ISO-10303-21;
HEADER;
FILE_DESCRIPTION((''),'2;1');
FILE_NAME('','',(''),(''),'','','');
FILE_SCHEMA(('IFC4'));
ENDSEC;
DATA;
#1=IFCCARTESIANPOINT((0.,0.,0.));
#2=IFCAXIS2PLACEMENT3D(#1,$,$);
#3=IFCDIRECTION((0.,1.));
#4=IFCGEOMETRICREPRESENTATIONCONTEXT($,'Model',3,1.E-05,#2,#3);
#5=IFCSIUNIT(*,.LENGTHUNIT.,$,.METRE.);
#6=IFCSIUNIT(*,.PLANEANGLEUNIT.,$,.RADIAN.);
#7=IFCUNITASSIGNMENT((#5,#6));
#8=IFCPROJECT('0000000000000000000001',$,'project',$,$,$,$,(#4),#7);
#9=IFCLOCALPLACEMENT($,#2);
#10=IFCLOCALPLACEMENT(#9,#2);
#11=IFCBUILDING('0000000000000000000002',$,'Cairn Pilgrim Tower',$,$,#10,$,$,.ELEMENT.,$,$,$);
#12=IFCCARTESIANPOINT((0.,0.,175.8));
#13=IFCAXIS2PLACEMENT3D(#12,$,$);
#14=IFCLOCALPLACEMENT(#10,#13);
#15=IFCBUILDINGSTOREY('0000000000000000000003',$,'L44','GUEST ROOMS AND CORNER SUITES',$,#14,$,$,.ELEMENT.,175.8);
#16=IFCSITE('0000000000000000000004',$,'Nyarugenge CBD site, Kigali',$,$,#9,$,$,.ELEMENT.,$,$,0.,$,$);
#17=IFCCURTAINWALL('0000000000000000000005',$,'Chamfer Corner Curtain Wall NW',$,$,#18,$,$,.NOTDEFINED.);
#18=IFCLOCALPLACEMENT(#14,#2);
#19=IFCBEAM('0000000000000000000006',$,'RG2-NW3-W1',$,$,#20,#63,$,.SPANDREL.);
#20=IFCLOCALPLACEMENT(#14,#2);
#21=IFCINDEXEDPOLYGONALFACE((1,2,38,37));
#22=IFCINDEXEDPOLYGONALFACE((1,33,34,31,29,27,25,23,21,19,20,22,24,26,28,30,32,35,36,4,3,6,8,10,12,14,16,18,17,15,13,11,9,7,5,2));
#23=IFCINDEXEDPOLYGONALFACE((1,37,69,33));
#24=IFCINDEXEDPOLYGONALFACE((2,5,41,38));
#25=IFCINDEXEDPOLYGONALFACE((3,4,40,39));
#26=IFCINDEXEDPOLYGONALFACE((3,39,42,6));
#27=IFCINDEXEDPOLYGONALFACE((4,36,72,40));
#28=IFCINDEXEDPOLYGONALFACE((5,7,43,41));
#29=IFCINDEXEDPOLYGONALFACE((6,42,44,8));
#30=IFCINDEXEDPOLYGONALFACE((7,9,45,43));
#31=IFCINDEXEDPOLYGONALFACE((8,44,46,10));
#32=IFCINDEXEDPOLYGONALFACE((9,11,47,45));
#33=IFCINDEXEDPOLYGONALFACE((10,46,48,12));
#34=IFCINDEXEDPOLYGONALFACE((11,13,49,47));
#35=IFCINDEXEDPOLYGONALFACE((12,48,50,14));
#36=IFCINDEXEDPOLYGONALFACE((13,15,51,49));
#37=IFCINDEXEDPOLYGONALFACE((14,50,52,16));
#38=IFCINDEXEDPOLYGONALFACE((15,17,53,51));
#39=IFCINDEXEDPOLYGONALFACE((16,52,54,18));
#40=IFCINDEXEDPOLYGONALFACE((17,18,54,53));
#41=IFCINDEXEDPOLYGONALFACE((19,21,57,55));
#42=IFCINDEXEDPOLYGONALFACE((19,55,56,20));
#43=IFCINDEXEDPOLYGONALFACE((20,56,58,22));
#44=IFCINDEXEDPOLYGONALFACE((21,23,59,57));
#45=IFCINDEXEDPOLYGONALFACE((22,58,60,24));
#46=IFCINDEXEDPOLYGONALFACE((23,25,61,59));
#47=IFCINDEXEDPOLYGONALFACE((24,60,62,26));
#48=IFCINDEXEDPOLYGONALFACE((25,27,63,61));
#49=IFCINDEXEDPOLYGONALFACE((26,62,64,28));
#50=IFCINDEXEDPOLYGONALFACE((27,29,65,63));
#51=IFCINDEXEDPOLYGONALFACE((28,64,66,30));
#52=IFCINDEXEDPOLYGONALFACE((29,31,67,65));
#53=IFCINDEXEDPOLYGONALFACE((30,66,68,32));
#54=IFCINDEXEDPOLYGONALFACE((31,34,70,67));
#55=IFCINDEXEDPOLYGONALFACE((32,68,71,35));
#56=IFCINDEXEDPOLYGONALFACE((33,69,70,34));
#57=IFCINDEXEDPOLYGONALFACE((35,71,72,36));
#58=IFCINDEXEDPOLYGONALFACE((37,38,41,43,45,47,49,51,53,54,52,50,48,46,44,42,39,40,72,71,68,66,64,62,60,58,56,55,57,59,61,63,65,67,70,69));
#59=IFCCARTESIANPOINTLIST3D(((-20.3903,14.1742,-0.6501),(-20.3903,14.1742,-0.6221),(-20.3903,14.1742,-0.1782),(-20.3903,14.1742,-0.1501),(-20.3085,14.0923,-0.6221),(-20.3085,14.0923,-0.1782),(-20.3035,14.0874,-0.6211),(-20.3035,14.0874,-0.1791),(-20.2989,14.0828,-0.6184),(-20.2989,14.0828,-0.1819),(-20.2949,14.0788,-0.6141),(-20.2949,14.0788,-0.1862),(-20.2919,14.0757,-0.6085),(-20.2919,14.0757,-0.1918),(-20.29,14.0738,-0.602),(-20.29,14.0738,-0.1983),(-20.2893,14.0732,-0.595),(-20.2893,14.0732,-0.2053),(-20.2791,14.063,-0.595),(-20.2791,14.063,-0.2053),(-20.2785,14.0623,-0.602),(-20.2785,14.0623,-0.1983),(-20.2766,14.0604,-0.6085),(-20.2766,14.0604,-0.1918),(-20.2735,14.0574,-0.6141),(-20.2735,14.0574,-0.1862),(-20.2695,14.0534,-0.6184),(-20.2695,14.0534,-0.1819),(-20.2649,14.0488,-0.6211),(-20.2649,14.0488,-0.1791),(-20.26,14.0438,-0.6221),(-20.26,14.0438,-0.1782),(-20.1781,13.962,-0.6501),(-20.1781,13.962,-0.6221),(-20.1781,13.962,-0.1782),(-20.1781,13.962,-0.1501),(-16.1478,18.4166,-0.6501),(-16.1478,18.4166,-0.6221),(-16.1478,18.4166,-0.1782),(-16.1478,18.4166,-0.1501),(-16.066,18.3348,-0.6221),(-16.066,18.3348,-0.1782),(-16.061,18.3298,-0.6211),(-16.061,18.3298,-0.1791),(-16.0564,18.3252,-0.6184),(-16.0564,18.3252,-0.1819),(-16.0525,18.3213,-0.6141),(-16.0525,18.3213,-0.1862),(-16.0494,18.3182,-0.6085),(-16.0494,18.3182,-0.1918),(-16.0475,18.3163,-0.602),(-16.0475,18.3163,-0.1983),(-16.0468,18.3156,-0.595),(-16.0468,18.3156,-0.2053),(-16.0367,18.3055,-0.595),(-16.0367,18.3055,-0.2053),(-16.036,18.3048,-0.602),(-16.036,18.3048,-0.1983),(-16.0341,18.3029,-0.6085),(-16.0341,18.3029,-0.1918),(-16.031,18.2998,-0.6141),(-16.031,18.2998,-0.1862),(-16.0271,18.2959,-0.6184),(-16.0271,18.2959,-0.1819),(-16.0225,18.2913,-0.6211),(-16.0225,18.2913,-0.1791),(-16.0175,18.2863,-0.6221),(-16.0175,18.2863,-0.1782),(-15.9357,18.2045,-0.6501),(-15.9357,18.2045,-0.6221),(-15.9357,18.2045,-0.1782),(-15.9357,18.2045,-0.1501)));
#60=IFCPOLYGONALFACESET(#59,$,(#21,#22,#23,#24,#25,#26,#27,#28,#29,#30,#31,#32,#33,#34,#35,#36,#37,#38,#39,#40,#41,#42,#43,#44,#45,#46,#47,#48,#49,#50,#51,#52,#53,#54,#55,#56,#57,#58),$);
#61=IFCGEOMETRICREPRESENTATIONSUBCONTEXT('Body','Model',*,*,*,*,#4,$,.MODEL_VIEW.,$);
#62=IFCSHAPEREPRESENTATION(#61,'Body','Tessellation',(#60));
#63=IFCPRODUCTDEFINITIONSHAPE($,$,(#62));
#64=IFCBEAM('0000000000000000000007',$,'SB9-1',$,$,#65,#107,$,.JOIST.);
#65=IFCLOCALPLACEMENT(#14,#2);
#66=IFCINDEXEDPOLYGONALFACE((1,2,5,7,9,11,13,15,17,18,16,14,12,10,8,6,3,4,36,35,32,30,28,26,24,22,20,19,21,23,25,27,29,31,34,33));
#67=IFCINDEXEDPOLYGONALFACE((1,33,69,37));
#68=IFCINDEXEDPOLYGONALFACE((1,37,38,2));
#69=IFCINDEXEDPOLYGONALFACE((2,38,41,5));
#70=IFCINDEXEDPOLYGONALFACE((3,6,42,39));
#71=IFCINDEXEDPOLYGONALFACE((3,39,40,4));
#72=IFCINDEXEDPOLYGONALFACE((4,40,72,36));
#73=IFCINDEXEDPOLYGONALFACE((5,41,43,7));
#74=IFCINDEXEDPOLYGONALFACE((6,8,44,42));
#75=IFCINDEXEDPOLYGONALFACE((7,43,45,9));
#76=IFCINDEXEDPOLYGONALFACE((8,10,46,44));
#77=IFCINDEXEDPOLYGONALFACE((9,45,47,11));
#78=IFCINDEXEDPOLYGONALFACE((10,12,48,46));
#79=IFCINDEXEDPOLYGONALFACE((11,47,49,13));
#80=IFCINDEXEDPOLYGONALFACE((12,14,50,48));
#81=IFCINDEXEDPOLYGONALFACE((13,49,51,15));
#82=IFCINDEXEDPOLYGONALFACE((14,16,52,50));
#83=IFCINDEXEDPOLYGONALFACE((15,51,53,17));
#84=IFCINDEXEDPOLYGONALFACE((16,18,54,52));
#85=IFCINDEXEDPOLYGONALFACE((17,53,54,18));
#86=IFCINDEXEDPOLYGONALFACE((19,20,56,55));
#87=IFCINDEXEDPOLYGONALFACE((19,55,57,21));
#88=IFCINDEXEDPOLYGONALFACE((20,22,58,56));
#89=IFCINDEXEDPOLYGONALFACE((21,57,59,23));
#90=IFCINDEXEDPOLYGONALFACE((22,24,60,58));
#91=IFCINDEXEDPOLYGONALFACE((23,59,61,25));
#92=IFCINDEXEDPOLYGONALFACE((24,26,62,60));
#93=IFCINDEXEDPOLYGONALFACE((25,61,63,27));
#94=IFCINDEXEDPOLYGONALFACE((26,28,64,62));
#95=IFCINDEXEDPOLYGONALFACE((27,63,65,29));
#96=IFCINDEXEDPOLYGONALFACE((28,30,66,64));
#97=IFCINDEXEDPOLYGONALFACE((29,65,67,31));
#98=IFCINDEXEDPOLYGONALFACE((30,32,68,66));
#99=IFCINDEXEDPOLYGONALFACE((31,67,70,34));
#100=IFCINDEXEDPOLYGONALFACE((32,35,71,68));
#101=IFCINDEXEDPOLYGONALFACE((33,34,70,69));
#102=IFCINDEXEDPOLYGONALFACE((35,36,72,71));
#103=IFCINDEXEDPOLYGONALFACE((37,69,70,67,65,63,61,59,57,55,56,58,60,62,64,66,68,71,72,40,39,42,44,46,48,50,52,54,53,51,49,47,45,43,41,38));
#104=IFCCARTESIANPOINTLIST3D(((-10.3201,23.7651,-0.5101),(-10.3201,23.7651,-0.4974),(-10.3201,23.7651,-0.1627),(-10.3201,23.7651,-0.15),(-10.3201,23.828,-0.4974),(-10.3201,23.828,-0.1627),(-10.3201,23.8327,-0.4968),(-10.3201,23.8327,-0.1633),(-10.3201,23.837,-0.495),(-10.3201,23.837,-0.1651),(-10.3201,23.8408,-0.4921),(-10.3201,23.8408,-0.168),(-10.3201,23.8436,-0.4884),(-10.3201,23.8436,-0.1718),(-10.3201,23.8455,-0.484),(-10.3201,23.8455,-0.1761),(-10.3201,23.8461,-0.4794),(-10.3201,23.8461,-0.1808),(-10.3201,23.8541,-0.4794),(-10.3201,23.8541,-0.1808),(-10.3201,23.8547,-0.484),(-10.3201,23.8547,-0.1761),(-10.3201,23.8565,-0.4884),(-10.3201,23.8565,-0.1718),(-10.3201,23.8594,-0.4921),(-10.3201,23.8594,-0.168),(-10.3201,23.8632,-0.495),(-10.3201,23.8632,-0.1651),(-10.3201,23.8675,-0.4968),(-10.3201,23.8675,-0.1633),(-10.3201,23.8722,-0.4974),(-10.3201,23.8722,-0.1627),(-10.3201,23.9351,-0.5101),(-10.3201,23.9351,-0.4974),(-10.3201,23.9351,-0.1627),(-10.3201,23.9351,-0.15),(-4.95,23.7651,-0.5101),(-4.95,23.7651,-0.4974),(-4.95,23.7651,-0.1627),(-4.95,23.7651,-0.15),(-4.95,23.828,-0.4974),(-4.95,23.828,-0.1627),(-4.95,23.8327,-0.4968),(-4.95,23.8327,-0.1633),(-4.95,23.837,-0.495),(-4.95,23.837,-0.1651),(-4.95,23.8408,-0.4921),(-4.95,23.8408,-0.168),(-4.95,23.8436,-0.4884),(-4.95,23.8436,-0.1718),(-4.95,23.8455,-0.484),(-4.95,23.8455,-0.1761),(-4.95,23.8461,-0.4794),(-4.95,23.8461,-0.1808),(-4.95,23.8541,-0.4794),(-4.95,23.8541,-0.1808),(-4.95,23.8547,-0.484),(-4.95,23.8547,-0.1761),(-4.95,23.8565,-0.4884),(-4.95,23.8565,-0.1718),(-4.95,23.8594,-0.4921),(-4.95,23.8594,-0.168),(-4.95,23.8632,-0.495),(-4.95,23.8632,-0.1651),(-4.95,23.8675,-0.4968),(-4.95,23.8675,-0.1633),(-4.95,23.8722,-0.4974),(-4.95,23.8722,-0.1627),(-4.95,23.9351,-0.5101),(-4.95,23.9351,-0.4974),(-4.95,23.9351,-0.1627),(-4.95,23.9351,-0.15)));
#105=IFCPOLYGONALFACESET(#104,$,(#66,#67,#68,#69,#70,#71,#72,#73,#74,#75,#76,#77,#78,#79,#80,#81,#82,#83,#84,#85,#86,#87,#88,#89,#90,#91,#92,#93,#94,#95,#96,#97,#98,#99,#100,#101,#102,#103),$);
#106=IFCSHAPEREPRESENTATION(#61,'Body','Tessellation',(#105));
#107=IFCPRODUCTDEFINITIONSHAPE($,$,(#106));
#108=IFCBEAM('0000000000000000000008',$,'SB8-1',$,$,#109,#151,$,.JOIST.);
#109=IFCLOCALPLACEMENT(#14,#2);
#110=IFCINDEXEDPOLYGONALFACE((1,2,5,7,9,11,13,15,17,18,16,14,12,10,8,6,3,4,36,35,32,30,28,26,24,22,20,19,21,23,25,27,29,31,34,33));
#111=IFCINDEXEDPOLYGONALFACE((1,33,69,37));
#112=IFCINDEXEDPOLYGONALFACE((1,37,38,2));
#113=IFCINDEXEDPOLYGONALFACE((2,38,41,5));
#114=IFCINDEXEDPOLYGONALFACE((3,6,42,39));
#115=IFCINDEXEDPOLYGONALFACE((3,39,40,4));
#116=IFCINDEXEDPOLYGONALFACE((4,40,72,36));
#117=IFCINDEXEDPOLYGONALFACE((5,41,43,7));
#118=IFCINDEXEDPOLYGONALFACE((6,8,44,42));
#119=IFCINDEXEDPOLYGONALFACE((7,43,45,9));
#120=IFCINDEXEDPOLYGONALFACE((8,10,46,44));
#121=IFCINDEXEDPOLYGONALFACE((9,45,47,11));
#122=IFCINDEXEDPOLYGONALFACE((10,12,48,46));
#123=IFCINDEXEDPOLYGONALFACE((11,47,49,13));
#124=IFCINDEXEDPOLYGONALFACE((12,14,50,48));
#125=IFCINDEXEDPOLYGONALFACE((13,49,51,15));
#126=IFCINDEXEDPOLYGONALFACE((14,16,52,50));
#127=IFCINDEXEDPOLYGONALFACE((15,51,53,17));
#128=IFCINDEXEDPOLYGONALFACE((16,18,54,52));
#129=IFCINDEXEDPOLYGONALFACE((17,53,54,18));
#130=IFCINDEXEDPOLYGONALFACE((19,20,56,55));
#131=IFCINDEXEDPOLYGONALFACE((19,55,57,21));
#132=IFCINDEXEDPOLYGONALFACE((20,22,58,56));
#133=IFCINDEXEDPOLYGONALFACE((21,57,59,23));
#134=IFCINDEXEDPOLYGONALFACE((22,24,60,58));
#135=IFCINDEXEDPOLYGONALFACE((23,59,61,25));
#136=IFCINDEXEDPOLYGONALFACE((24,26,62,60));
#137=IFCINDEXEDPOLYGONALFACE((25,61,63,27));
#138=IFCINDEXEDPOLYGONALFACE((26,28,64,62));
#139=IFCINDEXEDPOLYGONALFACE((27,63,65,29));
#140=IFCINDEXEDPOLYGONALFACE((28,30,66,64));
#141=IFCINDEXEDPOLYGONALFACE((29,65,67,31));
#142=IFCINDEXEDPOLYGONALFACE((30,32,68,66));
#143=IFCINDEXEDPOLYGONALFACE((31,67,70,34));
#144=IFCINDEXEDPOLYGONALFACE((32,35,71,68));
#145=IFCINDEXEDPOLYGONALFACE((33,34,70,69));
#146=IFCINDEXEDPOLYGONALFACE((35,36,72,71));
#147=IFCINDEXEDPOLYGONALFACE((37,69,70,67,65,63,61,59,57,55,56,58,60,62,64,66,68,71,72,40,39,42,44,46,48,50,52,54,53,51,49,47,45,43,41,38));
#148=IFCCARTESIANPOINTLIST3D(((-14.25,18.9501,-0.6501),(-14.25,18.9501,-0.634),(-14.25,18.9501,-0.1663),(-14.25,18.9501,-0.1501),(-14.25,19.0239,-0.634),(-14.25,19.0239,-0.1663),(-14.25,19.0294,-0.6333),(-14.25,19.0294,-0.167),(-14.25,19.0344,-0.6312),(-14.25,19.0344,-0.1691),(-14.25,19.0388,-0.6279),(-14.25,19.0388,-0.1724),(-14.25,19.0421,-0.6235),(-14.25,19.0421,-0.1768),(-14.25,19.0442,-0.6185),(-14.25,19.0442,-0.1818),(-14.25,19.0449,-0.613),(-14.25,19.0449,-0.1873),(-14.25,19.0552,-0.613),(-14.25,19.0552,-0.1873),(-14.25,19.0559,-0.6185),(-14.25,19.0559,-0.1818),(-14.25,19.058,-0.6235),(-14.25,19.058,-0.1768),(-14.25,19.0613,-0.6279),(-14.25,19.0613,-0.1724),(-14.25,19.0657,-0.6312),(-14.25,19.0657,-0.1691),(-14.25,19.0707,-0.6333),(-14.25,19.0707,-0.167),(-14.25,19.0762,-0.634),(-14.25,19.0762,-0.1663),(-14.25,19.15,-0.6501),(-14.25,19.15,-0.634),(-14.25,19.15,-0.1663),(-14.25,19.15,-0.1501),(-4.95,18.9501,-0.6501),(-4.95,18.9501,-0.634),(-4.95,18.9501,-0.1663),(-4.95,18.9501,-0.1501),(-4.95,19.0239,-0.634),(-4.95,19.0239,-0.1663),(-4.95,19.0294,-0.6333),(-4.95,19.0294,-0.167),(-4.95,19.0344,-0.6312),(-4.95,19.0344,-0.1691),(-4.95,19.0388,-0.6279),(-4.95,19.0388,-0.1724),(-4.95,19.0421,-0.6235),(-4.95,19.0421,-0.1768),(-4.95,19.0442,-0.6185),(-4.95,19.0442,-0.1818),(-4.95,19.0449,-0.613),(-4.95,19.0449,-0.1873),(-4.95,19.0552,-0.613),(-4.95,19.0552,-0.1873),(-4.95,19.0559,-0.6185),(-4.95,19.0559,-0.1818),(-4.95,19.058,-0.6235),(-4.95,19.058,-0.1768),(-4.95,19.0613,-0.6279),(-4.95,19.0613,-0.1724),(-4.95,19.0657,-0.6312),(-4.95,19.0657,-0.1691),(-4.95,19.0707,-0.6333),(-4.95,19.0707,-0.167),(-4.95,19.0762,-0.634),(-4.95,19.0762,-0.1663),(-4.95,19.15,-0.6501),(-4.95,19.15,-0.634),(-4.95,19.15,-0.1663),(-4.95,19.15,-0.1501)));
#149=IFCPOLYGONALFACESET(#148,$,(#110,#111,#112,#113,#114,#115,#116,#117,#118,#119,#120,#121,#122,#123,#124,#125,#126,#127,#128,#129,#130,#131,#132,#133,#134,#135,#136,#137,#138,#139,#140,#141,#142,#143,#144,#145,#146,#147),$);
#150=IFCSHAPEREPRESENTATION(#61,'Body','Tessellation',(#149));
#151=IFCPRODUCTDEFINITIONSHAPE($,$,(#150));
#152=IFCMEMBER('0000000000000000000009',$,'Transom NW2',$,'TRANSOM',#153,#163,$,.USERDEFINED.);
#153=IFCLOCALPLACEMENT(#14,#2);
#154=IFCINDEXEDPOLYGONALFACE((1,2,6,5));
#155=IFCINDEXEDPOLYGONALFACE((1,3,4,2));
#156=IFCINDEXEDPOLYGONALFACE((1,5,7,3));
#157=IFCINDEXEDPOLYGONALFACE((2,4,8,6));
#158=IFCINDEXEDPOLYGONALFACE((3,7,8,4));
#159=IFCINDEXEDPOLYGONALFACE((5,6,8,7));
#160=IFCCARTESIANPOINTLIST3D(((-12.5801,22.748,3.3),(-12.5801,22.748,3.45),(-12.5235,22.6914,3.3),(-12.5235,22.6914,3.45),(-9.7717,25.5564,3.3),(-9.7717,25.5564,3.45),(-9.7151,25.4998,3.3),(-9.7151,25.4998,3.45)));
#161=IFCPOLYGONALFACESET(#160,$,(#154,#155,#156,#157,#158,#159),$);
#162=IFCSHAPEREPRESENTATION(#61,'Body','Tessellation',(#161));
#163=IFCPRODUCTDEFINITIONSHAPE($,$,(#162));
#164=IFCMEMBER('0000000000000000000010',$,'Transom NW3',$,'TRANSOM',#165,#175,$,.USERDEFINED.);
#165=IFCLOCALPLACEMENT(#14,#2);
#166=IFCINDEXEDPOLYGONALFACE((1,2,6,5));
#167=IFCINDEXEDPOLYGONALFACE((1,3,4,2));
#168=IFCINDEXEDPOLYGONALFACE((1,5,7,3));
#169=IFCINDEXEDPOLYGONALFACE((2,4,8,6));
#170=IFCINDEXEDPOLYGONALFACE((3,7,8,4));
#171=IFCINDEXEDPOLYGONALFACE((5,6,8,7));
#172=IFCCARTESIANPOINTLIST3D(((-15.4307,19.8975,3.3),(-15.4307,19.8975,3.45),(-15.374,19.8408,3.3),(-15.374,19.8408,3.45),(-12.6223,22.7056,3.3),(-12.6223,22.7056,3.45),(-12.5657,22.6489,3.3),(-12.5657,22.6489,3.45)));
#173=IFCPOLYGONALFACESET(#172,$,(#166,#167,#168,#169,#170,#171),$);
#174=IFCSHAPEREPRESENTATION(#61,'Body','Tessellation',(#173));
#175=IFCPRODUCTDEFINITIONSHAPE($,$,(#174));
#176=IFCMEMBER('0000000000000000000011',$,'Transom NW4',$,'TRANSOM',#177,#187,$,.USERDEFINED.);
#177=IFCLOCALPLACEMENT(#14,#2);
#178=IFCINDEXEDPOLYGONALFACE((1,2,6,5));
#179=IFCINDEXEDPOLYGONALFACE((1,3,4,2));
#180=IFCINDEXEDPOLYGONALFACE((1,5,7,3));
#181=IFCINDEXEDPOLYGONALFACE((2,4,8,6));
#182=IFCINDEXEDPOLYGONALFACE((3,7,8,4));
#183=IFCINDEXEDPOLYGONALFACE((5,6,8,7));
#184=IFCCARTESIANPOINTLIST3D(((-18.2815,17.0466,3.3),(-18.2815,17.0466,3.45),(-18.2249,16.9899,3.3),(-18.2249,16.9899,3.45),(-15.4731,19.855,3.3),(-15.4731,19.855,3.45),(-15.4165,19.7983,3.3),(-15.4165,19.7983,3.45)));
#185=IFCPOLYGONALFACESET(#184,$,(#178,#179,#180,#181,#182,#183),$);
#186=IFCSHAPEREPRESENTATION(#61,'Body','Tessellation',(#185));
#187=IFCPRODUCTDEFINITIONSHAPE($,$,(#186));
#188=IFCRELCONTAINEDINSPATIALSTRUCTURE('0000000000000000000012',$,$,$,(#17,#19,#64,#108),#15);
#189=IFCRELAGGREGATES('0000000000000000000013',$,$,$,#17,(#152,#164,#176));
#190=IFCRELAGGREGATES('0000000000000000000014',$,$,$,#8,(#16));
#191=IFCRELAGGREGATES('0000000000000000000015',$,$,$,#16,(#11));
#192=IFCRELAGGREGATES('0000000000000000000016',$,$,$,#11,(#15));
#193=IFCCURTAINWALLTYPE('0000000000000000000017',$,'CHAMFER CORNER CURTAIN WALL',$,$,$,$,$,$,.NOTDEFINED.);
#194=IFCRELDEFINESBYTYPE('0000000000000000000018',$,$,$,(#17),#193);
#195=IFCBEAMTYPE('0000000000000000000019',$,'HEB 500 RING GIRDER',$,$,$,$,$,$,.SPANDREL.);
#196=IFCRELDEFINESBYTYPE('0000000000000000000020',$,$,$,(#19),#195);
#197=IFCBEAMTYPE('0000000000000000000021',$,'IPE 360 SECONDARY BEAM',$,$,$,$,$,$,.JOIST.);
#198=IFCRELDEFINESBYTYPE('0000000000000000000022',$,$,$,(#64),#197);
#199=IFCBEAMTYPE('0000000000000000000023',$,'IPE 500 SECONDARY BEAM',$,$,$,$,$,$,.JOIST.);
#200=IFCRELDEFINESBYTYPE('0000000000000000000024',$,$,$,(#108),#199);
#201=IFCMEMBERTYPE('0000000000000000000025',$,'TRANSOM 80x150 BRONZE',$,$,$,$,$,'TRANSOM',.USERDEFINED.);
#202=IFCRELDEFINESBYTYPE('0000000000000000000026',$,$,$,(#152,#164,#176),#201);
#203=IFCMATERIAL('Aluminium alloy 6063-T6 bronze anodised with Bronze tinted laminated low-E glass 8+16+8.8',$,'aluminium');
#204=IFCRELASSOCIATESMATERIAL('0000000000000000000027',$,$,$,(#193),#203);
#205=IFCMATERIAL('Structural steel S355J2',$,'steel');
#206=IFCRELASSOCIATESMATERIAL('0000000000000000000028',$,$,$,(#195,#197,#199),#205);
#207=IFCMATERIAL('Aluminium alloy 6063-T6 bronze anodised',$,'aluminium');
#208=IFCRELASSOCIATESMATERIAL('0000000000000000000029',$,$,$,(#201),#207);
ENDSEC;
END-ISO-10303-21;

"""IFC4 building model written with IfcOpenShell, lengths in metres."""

from ifc_helpers import new_model, si_unit, direction, frame, origin, origin_2d, place, context, subcontext, project, spatial, rectangle, i_section, extrude, material, material_profile, profile_set, type_object, element, aggregate, save


model = new_model("IFC4")

# Units and contexts
model_context = context("Model", 3, precision=1e-05, world=origin(), true_north=direction((0.0, 1.0)))
body_context = subcontext(model_context, "Body", "Model", "MODEL_VIEW")
ifc_project = project(units=[si_unit("LENGTHUNIT", "METRE"), si_unit("PLANEANGLEUNIT", "RADIAN")], contexts=[model_context])

# Site, building, storey
site_placement = place(None, origin())
site = spatial("IfcSite", under=ifc_project, at=site_placement, Name="Nyarugenge CBD site, Kigali", CompositionType="ELEMENT", RefElevation=0.0)
building_placement = place(site_placement, origin())
building = spatial("IfcBuilding", under=site, at=building_placement, Name="Cairn Pilgrim Tower", CompositionType="ELEMENT")
storey_placement = place(building_placement, frame((0.0, 0.0, 175.8)))
storey = spatial("IfcBuildingStorey", under=building, at=storey_placement, Name="L44", Description="GUEST ROOMS AND CORNER SUITES", CompositionType="ELEMENT", Elevation=175.8)

# Shared definitions
ifc_material_1 = material(Name="Structural steel S355J2", Category="steel")

# Curtain wall
ifc_material_2 = material(Name="Aluminium alloy 6063-T6 bronze anodised with Bronze tinted laminated low-E glass 8+16+8.8", Category="aluminium")
curtain_wall_type = type_object("IfcCurtainWallType", Name="CHAMFER CORNER CURTAIN WALL", PredefinedType="NOTDEFINED", material=ifc_material_2)
curtain_wall_placement = place(storey_placement, origin())
curtain_wall = element("IfcCurtainWall", 1, at=curtain_wall_placement, inside=storey, type_object=curtain_wall_type, Name="Chamfer Corner Curtain Wall NW", PredefinedType="NOTDEFINED")
ifc_material_3 = material(Name="Aluminium alloy 6063-T6 bronze anodised", Category="aluminium")

# Beams
ifc_material_profile_1 = material_profile(ifc_material_1, i_section(OverallWidth=0.3, OverallDepth=0.5, WebThickness=0.0144, FlangeThickness=0.0281, FilletRadius=0.0271, at=origin_2d()), Name="HEB 500")
ifc_profile_set_1 = profile_set([ifc_material_profile_1], Name="Structural steel S355J2")
beam_type_1 = type_object("IfcBeamType", Name="HEB 500 RING GIRDER", PredefinedType="SPANDREL", material=ifc_profile_set_1)
beam_1_placement = place(storey_placement, frame((-16.0417, 18.3105, -0.4001), z_axis=(-0.707107, -0.707107, 0.0), x_axis=(0.707107, -0.707107, 0.0)))
element("IfcBeam", 2, at=beam_1_placement, inside=storey, type_object=beam_type_1, Name="RG2-NW3-W1", PredefinedType="SPANDREL", context=body_context, shape_type="SweptSolid", body=[
    extrude(i_section(OverallWidth=0.3, OverallDepth=0.5, WebThickness=0.0144, FlangeThickness=0.0281, FilletRadius=0.0271, at=origin_2d()), origin(), (0.0, 0.0, 1.0), 5.9998),
])
ifc_material_profile_2 = material_profile(ifc_material_1, i_section(OverallWidth=0.1699, OverallDepth=0.3601, WebThickness=0.0081, FlangeThickness=0.0127, FilletRadius=0.0181, at=origin_2d()), Name="IPE 360")
ifc_profile_set_2 = profile_set([ifc_material_profile_2], Name="Structural steel S355J2")
beam_type_2 = type_object("IfcBeamType", Name="IPE 360 SECONDARY BEAM", PredefinedType="JOIST", material=ifc_profile_set_2)
beam_2_placement = place(storey_placement, frame((-10.3201, 23.8501, -0.3301), z_axis=(1.0, 0.0, 0.0), x_axis=(0.0, 1.0, 0.0)))
element("IfcBeam", 3, at=beam_2_placement, inside=storey, type_object=beam_type_2, Name="SB9-1", PredefinedType="JOIST", context=body_context, shape_type="SweptSolid", body=[
    extrude(i_section(OverallWidth=0.1699, OverallDepth=0.3601, WebThickness=0.0081, FlangeThickness=0.0127, FilletRadius=0.0181, at=origin_2d()), origin(), (0.0, 0.0, 1.0), 5.3701),
])
ifc_material_profile_3 = material_profile(ifc_material_1, i_section(OverallWidth=0.2, OverallDepth=0.5, WebThickness=0.0103, FlangeThickness=0.0161, FilletRadius=0.021, at=origin_2d()), Name="IPE 500")
ifc_profile_set_3 = profile_set([ifc_material_profile_3], Name="Structural steel S355J2")
beam_type_3 = type_object("IfcBeamType", Name="IPE 500 SECONDARY BEAM", PredefinedType="JOIST", material=ifc_profile_set_3)
beam_3_placement = place(storey_placement, frame((-14.25, 19.05, -0.4001), z_axis=(1.0, 0.0, 0.0), x_axis=(0.0, 1.0, 0.0)))
element("IfcBeam", 4, at=beam_3_placement, inside=storey, type_object=beam_type_3, Name="SB8-1", PredefinedType="JOIST", context=body_context, shape_type="SweptSolid", body=[
    extrude(i_section(OverallWidth=0.2, OverallDepth=0.5, WebThickness=0.0103, FlangeThickness=0.0161, FilletRadius=0.021, at=origin_2d()), origin(), (0.0, 0.0, 1.0), 9.3),
])

# Members
ifc_material_profile_4 = material_profile(ifc_material_3, rectangle(XDim=0.0801, YDim=0.1499, at=origin_2d()), Name="TRANSOM 80x150 BRONZE")
ifc_profile_set_4 = profile_set([ifc_material_profile_4], Name="Aluminium alloy 6063-T6 bronze anodised")
member_type_1 = type_object("IfcMemberType", Name="TRANSOM 80x150 BRONZE", ElementType="TRANSOM", PredefinedType="USERDEFINED", material=ifc_profile_set_4)
member_1_placement = place(storey_placement, frame((-9.7434, 25.5281, 3.375), z_axis=(-0.707107, -0.707107, 0.0), x_axis=(0.707107, -0.707107, 0.0)))
member_1 = element("IfcMember", 5, at=member_1_placement, type_object=member_type_1, Name="Transom NW2", ObjectType="TRANSOM", PredefinedType="USERDEFINED", context=body_context, shape_type="SweptSolid", body=[
    extrude(rectangle(XDim=0.0801, YDim=0.1499, at=origin_2d()), origin(), (0.0, 0.0, 1.0), 3.9717),
])
member_2_placement = place(storey_placement, frame((-12.594, 22.6772, 3.375), z_axis=(-0.707138, -0.707076, 0.0), x_axis=(0.707076, -0.707138, 0.0)))
member_2 = element("IfcMember", 6, at=member_2_placement, type_object=member_type_1, Name="Transom NW3", ObjectType="TRANSOM", PredefinedType="USERDEFINED", context=body_context, shape_type="SweptSolid", body=[
    extrude(rectangle(XDim=0.0801, YDim=0.1499, at=origin_2d()), origin(), (0.0, 0.0, 1.0), 3.9714),
])
member_3_placement = place(storey_placement, frame((-15.4448, 19.8267, 3.375), z_axis=(-0.707107, -0.707107, 0.0), x_axis=(0.707107, -0.707107, 0.0)))
member_3 = element("IfcMember", 7, at=member_3_placement, type_object=member_type_1, Name="Transom NW4", ObjectType="TRANSOM", PredefinedType="USERDEFINED", context=body_context, shape_type="SweptSolid", body=[
    extrude(rectangle(XDim=0.0801, YDim=0.1499, at=origin_2d()), origin(), (0.0, 0.0, 1.0), 3.9717),
])

aggregate(curtain_wall, [member_1, member_2, member_3])

save(model, "model.ifc")
